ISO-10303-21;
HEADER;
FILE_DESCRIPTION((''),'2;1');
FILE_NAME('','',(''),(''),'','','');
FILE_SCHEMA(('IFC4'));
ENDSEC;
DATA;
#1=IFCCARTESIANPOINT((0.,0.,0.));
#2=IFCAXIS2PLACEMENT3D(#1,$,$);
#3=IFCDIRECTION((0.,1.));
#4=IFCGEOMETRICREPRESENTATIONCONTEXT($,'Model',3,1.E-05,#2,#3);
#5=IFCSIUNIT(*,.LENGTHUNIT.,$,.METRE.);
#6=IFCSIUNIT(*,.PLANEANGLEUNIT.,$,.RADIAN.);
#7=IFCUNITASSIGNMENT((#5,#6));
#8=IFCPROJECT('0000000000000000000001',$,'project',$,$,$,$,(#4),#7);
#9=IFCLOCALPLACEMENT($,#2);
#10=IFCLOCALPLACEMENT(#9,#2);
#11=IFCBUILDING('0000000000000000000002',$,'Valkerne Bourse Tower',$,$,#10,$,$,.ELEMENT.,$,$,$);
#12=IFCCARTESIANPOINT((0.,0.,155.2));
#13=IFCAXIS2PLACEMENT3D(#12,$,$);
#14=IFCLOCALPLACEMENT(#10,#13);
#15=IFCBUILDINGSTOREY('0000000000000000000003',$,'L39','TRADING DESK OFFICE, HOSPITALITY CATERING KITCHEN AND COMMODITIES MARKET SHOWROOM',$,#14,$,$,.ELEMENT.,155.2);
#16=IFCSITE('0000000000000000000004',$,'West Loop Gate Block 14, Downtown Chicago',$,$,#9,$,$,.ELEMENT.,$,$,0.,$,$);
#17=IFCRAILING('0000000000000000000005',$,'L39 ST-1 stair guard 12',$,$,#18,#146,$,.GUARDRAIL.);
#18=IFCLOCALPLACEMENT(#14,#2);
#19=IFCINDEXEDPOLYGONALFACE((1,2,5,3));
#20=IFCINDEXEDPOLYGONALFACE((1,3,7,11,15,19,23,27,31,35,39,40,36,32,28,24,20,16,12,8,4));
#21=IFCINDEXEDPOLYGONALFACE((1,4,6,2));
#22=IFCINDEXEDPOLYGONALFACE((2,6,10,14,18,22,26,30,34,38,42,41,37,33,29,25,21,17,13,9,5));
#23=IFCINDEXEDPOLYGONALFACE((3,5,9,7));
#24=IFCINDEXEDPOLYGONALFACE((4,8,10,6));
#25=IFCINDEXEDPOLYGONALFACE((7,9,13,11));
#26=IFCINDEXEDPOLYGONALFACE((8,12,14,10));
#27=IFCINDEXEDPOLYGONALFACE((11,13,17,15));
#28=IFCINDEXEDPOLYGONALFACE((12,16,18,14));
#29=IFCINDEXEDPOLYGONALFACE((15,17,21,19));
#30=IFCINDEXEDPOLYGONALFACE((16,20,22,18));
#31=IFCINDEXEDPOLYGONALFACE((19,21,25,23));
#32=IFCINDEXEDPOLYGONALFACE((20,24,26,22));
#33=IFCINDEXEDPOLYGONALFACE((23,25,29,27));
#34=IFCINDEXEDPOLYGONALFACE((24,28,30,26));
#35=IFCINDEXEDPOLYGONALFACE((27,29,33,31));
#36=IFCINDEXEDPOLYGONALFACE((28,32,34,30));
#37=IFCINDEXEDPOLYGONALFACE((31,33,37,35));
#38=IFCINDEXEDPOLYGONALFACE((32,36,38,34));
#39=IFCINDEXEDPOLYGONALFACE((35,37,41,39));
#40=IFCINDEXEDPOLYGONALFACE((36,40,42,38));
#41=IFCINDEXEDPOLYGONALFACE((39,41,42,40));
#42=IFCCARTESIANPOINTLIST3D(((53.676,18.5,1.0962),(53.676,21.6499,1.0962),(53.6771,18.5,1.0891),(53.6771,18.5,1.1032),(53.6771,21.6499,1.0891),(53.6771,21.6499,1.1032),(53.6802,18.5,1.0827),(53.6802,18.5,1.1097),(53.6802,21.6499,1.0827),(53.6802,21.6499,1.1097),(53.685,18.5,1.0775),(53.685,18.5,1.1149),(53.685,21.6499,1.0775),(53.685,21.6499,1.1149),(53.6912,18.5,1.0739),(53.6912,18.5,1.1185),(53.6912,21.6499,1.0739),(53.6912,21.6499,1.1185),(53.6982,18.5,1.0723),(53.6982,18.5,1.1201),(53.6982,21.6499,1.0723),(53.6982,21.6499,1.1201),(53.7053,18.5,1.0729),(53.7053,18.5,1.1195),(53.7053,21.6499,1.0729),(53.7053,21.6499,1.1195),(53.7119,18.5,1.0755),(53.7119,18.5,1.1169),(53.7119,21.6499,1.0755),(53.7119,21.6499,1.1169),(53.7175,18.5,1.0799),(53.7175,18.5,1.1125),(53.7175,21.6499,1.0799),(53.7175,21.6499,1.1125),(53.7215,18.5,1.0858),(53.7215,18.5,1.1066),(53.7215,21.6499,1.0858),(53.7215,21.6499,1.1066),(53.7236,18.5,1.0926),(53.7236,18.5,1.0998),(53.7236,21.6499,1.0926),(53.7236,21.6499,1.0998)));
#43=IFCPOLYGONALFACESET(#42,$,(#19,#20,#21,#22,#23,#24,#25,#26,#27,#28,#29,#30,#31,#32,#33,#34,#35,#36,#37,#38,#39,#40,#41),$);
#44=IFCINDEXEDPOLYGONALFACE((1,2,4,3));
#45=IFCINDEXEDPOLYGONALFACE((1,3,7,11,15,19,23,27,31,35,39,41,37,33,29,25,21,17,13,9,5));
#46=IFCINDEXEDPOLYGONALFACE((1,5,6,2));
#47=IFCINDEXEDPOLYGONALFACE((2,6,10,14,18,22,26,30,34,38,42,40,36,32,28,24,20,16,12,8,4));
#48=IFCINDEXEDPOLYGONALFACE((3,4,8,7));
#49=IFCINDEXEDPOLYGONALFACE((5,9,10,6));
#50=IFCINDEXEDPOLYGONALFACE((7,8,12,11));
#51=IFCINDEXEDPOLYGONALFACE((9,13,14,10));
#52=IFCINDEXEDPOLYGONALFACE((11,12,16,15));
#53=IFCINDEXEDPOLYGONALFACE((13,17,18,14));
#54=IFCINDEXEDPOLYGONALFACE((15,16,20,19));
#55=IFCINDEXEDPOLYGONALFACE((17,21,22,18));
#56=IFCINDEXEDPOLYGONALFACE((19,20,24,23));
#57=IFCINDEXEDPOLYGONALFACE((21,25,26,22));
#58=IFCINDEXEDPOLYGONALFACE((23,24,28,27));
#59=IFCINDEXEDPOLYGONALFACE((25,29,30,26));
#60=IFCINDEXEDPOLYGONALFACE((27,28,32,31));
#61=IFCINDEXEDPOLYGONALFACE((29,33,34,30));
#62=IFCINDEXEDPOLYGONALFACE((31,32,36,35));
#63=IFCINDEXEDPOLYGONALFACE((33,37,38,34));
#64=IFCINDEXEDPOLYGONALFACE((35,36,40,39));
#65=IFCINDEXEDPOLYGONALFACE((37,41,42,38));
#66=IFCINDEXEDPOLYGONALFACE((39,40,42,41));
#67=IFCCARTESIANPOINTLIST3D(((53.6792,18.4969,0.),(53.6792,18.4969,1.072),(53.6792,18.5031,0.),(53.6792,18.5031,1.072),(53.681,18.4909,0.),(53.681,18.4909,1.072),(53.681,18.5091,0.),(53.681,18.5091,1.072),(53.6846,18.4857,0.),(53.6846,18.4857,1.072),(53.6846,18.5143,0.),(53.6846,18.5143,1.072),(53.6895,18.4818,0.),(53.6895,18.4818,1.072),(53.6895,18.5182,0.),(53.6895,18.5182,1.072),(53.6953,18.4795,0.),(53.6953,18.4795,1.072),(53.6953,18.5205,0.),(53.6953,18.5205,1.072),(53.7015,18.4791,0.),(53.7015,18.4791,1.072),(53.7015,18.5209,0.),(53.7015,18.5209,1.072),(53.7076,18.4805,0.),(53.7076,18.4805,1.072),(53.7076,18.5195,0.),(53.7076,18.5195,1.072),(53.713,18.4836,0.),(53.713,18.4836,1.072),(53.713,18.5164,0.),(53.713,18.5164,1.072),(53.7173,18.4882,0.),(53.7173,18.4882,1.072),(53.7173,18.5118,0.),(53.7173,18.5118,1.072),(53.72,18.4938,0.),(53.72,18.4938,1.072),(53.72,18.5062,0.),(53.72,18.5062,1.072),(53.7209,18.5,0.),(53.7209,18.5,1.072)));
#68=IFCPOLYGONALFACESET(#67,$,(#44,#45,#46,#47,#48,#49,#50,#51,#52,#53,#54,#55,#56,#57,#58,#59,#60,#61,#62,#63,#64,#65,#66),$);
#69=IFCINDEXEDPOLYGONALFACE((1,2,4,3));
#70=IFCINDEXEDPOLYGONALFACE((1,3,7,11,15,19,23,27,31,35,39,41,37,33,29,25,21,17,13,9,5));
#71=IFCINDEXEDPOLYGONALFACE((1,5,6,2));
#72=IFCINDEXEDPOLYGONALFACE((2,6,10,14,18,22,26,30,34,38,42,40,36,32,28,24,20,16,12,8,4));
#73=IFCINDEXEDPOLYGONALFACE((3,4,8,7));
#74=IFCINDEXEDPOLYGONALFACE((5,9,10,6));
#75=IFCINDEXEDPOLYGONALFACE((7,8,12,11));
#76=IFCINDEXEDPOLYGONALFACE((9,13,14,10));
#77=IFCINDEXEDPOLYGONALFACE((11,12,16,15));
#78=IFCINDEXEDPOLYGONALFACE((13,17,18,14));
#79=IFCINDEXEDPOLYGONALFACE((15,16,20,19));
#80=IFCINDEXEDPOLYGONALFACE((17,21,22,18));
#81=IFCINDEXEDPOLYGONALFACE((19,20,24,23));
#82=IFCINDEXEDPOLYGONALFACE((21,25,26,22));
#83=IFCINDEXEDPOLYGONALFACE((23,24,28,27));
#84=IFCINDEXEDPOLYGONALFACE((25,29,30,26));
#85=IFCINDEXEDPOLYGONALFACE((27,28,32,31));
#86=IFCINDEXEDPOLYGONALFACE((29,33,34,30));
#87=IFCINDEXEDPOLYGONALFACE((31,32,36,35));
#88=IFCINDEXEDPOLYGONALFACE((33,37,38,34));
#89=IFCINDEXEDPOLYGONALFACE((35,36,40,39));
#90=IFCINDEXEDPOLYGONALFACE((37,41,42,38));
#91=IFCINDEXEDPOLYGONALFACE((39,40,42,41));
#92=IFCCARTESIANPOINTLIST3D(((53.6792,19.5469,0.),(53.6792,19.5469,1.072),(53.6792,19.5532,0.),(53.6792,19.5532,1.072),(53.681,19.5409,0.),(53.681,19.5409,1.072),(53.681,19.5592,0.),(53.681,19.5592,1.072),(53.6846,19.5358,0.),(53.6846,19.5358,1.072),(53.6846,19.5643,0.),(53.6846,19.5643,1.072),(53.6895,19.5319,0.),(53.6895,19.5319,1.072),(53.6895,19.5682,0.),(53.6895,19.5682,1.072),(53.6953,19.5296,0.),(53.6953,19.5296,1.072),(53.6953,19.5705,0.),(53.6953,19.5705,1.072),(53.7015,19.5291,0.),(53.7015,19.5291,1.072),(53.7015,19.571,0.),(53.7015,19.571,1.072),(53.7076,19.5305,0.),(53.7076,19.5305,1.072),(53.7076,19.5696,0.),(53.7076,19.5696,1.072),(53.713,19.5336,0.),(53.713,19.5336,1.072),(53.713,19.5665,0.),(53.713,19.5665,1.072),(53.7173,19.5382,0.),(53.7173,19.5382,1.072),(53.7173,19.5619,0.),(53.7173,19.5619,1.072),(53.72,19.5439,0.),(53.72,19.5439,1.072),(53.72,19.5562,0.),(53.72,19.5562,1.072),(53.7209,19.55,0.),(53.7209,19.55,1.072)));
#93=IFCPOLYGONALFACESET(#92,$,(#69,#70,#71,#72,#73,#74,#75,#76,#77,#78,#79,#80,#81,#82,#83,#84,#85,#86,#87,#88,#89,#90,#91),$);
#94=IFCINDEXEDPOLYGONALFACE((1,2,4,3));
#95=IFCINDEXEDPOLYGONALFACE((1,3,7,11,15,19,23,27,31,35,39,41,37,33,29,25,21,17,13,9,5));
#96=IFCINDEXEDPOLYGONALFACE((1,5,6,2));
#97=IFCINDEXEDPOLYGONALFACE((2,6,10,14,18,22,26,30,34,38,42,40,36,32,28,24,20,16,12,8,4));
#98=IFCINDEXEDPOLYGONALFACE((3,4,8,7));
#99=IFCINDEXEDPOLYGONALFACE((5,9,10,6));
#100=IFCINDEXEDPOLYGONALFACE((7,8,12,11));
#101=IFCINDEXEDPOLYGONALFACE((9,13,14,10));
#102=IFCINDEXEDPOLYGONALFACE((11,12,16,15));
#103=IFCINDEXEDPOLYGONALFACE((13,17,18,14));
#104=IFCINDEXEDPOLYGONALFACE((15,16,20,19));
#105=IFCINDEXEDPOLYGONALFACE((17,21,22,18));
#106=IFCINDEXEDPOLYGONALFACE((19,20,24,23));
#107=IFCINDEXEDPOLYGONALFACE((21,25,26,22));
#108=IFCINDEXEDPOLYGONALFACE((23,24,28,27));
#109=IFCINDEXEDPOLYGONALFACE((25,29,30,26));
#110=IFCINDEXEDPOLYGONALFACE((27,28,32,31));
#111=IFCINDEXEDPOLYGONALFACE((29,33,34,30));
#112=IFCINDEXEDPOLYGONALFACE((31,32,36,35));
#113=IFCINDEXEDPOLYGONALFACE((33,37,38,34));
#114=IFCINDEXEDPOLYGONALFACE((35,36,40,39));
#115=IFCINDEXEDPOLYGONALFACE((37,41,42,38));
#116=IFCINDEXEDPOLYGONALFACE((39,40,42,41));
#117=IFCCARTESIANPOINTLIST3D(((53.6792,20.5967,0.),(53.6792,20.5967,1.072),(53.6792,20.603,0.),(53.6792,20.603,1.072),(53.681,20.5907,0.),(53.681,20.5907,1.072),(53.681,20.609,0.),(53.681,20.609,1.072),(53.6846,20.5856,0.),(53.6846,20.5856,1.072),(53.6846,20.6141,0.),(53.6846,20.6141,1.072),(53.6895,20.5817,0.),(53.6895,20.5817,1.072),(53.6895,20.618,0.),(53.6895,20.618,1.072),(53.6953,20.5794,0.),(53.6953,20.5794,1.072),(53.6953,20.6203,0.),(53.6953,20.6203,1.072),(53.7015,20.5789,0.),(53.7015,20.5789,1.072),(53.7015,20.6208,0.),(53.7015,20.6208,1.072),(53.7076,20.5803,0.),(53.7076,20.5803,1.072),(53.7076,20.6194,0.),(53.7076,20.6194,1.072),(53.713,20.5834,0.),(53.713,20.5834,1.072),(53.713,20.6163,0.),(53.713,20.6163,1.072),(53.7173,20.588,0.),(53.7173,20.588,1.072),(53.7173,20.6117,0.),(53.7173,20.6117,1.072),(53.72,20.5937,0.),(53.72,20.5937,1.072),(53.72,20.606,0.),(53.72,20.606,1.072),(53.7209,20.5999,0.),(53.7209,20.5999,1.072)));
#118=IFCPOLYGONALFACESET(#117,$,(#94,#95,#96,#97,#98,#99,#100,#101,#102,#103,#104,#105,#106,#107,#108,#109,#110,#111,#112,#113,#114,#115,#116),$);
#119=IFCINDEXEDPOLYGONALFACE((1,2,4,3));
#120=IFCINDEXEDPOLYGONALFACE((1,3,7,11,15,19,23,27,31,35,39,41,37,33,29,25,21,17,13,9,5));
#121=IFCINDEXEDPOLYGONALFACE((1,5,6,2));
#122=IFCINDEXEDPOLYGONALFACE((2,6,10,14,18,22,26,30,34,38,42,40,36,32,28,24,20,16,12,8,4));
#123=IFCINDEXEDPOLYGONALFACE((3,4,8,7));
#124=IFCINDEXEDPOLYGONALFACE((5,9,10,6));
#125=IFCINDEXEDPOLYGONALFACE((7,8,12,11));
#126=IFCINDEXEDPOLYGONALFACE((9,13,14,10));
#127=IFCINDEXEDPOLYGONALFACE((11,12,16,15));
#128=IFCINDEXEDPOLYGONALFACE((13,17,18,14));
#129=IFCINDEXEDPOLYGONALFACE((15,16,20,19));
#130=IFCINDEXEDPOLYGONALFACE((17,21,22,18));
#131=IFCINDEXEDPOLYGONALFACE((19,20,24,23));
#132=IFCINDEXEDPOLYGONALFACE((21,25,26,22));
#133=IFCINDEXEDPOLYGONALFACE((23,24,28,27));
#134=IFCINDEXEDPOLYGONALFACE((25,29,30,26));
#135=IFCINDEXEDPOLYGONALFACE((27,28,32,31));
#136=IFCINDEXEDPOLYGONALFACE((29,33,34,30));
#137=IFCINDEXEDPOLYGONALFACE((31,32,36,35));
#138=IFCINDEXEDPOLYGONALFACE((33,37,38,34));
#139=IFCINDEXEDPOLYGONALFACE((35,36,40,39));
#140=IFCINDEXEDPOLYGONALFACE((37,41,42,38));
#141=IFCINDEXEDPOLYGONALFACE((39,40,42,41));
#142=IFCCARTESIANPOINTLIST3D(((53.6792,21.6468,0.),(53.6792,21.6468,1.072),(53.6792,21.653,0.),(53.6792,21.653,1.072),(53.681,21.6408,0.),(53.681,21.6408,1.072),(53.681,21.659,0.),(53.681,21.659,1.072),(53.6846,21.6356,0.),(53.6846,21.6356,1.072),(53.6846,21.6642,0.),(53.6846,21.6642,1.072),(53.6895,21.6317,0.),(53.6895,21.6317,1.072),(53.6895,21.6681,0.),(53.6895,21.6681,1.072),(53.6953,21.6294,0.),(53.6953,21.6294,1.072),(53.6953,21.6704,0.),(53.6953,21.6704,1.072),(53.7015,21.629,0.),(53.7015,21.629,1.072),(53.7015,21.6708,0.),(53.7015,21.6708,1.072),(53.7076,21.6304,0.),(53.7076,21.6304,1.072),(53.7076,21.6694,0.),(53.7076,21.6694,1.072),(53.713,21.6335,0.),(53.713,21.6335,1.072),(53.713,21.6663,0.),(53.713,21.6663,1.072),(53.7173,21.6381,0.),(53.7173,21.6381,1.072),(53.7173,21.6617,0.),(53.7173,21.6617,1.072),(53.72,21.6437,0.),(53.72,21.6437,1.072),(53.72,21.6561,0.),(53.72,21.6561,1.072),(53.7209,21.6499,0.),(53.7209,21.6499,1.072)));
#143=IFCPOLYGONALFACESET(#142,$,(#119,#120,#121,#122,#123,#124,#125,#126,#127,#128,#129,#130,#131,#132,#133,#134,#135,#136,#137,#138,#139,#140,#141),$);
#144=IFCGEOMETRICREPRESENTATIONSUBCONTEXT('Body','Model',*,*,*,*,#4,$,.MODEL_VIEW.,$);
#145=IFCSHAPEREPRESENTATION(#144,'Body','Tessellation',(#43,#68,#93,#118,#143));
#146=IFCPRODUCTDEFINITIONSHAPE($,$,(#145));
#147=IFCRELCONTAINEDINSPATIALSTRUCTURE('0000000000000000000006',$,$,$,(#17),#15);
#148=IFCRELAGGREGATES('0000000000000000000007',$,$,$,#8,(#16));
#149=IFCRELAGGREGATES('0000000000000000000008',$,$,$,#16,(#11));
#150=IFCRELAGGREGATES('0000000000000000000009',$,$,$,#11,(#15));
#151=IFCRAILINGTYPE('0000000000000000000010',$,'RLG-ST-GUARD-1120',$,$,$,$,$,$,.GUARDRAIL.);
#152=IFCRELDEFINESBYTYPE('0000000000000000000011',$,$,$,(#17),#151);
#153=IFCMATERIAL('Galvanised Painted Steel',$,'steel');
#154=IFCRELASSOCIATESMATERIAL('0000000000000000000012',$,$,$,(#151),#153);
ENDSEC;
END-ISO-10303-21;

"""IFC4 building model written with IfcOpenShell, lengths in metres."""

from ifc_helpers import new_model, si_unit, direction, frame, origin, origin_2d, place, context, subcontext, project, spatial, circle, extrude, material, type_object, element, save


model = new_model("IFC4")

# Units and contexts
model_context = context("Model", 3, precision=1e-05, world=origin(), true_north=direction((0.0, 1.0)))
body_context = subcontext(model_context, "Body", "Model", "MODEL_VIEW")
ifc_project = project(units=[si_unit("LENGTHUNIT", "METRE"), si_unit("PLANEANGLEUNIT", "RADIAN")], contexts=[model_context])

# Site, building, storey
site_placement = place(None, origin())
site = spatial("IfcSite", under=ifc_project, at=site_placement, Name="West Loop Gate Block 14, Downtown Chicago", CompositionType="ELEMENT", RefElevation=0.0)
building_placement = place(site_placement, origin())
building = spatial("IfcBuilding", under=site, at=building_placement, Name="Valkerne Bourse Tower", CompositionType="ELEMENT")
storey_placement = place(building_placement, frame((0.0, 0.0, 155.2)))
storey = spatial("IfcBuildingStorey", under=building, at=storey_placement, Name="L39", Description="TRADING DESK OFFICE, HOSPITALITY CATERING KITCHEN AND COMMODITIES MARKET SHOWROOM", CompositionType="ELEMENT", Elevation=155.2)

# Railing
ifc_material_1 = material(Name="Galvanised Painted Steel", Category="steel")
railing_type = type_object("IfcRailingType", Name="RLG-ST-GUARD-1120", PredefinedType="GUARDRAIL", material=ifc_material_1)
railing_1_placement = place(storey_placement, frame((53.7, 18.5, 0.0)))
element("IfcRailing", 1, at=railing_1_placement, inside=storey, type_object=railing_type, Name="L39 ST-1 stair guard 12", PredefinedType="GUARDRAIL", context=body_context, shape_type="SweptSolid", body=[
    extrude(circle(Radius=0.0239, at=origin_2d()), frame((0.0, 0.0, 1.0962), z_axis=(0.0, 1.0, 0.0), x_axis=(-1.0, 0.0, 0.0)), (0.0, 0.0, 1.0), 3.1499),
    extrude(circle(Radius=0.021, at=origin_2d()), origin(), (0.0, 0.0, 1.0), 1.072),
    extrude(circle(Radius=0.021, at=origin_2d()), frame((0.0, 1.05, 0.0)), (0.0, 0.0, 1.0), 1.072),
    extrude(circle(Radius=0.021, at=origin_2d()), frame((0.0, 2.0999, 0.0)), (0.0, 0.0, 1.0), 1.072),
    extrude(circle(Radius=0.021, at=origin_2d()), frame((0.0, 3.1499, 0.0)), (0.0, 0.0, 1.0), 1.072),
])

save(model, "model.ifc")
